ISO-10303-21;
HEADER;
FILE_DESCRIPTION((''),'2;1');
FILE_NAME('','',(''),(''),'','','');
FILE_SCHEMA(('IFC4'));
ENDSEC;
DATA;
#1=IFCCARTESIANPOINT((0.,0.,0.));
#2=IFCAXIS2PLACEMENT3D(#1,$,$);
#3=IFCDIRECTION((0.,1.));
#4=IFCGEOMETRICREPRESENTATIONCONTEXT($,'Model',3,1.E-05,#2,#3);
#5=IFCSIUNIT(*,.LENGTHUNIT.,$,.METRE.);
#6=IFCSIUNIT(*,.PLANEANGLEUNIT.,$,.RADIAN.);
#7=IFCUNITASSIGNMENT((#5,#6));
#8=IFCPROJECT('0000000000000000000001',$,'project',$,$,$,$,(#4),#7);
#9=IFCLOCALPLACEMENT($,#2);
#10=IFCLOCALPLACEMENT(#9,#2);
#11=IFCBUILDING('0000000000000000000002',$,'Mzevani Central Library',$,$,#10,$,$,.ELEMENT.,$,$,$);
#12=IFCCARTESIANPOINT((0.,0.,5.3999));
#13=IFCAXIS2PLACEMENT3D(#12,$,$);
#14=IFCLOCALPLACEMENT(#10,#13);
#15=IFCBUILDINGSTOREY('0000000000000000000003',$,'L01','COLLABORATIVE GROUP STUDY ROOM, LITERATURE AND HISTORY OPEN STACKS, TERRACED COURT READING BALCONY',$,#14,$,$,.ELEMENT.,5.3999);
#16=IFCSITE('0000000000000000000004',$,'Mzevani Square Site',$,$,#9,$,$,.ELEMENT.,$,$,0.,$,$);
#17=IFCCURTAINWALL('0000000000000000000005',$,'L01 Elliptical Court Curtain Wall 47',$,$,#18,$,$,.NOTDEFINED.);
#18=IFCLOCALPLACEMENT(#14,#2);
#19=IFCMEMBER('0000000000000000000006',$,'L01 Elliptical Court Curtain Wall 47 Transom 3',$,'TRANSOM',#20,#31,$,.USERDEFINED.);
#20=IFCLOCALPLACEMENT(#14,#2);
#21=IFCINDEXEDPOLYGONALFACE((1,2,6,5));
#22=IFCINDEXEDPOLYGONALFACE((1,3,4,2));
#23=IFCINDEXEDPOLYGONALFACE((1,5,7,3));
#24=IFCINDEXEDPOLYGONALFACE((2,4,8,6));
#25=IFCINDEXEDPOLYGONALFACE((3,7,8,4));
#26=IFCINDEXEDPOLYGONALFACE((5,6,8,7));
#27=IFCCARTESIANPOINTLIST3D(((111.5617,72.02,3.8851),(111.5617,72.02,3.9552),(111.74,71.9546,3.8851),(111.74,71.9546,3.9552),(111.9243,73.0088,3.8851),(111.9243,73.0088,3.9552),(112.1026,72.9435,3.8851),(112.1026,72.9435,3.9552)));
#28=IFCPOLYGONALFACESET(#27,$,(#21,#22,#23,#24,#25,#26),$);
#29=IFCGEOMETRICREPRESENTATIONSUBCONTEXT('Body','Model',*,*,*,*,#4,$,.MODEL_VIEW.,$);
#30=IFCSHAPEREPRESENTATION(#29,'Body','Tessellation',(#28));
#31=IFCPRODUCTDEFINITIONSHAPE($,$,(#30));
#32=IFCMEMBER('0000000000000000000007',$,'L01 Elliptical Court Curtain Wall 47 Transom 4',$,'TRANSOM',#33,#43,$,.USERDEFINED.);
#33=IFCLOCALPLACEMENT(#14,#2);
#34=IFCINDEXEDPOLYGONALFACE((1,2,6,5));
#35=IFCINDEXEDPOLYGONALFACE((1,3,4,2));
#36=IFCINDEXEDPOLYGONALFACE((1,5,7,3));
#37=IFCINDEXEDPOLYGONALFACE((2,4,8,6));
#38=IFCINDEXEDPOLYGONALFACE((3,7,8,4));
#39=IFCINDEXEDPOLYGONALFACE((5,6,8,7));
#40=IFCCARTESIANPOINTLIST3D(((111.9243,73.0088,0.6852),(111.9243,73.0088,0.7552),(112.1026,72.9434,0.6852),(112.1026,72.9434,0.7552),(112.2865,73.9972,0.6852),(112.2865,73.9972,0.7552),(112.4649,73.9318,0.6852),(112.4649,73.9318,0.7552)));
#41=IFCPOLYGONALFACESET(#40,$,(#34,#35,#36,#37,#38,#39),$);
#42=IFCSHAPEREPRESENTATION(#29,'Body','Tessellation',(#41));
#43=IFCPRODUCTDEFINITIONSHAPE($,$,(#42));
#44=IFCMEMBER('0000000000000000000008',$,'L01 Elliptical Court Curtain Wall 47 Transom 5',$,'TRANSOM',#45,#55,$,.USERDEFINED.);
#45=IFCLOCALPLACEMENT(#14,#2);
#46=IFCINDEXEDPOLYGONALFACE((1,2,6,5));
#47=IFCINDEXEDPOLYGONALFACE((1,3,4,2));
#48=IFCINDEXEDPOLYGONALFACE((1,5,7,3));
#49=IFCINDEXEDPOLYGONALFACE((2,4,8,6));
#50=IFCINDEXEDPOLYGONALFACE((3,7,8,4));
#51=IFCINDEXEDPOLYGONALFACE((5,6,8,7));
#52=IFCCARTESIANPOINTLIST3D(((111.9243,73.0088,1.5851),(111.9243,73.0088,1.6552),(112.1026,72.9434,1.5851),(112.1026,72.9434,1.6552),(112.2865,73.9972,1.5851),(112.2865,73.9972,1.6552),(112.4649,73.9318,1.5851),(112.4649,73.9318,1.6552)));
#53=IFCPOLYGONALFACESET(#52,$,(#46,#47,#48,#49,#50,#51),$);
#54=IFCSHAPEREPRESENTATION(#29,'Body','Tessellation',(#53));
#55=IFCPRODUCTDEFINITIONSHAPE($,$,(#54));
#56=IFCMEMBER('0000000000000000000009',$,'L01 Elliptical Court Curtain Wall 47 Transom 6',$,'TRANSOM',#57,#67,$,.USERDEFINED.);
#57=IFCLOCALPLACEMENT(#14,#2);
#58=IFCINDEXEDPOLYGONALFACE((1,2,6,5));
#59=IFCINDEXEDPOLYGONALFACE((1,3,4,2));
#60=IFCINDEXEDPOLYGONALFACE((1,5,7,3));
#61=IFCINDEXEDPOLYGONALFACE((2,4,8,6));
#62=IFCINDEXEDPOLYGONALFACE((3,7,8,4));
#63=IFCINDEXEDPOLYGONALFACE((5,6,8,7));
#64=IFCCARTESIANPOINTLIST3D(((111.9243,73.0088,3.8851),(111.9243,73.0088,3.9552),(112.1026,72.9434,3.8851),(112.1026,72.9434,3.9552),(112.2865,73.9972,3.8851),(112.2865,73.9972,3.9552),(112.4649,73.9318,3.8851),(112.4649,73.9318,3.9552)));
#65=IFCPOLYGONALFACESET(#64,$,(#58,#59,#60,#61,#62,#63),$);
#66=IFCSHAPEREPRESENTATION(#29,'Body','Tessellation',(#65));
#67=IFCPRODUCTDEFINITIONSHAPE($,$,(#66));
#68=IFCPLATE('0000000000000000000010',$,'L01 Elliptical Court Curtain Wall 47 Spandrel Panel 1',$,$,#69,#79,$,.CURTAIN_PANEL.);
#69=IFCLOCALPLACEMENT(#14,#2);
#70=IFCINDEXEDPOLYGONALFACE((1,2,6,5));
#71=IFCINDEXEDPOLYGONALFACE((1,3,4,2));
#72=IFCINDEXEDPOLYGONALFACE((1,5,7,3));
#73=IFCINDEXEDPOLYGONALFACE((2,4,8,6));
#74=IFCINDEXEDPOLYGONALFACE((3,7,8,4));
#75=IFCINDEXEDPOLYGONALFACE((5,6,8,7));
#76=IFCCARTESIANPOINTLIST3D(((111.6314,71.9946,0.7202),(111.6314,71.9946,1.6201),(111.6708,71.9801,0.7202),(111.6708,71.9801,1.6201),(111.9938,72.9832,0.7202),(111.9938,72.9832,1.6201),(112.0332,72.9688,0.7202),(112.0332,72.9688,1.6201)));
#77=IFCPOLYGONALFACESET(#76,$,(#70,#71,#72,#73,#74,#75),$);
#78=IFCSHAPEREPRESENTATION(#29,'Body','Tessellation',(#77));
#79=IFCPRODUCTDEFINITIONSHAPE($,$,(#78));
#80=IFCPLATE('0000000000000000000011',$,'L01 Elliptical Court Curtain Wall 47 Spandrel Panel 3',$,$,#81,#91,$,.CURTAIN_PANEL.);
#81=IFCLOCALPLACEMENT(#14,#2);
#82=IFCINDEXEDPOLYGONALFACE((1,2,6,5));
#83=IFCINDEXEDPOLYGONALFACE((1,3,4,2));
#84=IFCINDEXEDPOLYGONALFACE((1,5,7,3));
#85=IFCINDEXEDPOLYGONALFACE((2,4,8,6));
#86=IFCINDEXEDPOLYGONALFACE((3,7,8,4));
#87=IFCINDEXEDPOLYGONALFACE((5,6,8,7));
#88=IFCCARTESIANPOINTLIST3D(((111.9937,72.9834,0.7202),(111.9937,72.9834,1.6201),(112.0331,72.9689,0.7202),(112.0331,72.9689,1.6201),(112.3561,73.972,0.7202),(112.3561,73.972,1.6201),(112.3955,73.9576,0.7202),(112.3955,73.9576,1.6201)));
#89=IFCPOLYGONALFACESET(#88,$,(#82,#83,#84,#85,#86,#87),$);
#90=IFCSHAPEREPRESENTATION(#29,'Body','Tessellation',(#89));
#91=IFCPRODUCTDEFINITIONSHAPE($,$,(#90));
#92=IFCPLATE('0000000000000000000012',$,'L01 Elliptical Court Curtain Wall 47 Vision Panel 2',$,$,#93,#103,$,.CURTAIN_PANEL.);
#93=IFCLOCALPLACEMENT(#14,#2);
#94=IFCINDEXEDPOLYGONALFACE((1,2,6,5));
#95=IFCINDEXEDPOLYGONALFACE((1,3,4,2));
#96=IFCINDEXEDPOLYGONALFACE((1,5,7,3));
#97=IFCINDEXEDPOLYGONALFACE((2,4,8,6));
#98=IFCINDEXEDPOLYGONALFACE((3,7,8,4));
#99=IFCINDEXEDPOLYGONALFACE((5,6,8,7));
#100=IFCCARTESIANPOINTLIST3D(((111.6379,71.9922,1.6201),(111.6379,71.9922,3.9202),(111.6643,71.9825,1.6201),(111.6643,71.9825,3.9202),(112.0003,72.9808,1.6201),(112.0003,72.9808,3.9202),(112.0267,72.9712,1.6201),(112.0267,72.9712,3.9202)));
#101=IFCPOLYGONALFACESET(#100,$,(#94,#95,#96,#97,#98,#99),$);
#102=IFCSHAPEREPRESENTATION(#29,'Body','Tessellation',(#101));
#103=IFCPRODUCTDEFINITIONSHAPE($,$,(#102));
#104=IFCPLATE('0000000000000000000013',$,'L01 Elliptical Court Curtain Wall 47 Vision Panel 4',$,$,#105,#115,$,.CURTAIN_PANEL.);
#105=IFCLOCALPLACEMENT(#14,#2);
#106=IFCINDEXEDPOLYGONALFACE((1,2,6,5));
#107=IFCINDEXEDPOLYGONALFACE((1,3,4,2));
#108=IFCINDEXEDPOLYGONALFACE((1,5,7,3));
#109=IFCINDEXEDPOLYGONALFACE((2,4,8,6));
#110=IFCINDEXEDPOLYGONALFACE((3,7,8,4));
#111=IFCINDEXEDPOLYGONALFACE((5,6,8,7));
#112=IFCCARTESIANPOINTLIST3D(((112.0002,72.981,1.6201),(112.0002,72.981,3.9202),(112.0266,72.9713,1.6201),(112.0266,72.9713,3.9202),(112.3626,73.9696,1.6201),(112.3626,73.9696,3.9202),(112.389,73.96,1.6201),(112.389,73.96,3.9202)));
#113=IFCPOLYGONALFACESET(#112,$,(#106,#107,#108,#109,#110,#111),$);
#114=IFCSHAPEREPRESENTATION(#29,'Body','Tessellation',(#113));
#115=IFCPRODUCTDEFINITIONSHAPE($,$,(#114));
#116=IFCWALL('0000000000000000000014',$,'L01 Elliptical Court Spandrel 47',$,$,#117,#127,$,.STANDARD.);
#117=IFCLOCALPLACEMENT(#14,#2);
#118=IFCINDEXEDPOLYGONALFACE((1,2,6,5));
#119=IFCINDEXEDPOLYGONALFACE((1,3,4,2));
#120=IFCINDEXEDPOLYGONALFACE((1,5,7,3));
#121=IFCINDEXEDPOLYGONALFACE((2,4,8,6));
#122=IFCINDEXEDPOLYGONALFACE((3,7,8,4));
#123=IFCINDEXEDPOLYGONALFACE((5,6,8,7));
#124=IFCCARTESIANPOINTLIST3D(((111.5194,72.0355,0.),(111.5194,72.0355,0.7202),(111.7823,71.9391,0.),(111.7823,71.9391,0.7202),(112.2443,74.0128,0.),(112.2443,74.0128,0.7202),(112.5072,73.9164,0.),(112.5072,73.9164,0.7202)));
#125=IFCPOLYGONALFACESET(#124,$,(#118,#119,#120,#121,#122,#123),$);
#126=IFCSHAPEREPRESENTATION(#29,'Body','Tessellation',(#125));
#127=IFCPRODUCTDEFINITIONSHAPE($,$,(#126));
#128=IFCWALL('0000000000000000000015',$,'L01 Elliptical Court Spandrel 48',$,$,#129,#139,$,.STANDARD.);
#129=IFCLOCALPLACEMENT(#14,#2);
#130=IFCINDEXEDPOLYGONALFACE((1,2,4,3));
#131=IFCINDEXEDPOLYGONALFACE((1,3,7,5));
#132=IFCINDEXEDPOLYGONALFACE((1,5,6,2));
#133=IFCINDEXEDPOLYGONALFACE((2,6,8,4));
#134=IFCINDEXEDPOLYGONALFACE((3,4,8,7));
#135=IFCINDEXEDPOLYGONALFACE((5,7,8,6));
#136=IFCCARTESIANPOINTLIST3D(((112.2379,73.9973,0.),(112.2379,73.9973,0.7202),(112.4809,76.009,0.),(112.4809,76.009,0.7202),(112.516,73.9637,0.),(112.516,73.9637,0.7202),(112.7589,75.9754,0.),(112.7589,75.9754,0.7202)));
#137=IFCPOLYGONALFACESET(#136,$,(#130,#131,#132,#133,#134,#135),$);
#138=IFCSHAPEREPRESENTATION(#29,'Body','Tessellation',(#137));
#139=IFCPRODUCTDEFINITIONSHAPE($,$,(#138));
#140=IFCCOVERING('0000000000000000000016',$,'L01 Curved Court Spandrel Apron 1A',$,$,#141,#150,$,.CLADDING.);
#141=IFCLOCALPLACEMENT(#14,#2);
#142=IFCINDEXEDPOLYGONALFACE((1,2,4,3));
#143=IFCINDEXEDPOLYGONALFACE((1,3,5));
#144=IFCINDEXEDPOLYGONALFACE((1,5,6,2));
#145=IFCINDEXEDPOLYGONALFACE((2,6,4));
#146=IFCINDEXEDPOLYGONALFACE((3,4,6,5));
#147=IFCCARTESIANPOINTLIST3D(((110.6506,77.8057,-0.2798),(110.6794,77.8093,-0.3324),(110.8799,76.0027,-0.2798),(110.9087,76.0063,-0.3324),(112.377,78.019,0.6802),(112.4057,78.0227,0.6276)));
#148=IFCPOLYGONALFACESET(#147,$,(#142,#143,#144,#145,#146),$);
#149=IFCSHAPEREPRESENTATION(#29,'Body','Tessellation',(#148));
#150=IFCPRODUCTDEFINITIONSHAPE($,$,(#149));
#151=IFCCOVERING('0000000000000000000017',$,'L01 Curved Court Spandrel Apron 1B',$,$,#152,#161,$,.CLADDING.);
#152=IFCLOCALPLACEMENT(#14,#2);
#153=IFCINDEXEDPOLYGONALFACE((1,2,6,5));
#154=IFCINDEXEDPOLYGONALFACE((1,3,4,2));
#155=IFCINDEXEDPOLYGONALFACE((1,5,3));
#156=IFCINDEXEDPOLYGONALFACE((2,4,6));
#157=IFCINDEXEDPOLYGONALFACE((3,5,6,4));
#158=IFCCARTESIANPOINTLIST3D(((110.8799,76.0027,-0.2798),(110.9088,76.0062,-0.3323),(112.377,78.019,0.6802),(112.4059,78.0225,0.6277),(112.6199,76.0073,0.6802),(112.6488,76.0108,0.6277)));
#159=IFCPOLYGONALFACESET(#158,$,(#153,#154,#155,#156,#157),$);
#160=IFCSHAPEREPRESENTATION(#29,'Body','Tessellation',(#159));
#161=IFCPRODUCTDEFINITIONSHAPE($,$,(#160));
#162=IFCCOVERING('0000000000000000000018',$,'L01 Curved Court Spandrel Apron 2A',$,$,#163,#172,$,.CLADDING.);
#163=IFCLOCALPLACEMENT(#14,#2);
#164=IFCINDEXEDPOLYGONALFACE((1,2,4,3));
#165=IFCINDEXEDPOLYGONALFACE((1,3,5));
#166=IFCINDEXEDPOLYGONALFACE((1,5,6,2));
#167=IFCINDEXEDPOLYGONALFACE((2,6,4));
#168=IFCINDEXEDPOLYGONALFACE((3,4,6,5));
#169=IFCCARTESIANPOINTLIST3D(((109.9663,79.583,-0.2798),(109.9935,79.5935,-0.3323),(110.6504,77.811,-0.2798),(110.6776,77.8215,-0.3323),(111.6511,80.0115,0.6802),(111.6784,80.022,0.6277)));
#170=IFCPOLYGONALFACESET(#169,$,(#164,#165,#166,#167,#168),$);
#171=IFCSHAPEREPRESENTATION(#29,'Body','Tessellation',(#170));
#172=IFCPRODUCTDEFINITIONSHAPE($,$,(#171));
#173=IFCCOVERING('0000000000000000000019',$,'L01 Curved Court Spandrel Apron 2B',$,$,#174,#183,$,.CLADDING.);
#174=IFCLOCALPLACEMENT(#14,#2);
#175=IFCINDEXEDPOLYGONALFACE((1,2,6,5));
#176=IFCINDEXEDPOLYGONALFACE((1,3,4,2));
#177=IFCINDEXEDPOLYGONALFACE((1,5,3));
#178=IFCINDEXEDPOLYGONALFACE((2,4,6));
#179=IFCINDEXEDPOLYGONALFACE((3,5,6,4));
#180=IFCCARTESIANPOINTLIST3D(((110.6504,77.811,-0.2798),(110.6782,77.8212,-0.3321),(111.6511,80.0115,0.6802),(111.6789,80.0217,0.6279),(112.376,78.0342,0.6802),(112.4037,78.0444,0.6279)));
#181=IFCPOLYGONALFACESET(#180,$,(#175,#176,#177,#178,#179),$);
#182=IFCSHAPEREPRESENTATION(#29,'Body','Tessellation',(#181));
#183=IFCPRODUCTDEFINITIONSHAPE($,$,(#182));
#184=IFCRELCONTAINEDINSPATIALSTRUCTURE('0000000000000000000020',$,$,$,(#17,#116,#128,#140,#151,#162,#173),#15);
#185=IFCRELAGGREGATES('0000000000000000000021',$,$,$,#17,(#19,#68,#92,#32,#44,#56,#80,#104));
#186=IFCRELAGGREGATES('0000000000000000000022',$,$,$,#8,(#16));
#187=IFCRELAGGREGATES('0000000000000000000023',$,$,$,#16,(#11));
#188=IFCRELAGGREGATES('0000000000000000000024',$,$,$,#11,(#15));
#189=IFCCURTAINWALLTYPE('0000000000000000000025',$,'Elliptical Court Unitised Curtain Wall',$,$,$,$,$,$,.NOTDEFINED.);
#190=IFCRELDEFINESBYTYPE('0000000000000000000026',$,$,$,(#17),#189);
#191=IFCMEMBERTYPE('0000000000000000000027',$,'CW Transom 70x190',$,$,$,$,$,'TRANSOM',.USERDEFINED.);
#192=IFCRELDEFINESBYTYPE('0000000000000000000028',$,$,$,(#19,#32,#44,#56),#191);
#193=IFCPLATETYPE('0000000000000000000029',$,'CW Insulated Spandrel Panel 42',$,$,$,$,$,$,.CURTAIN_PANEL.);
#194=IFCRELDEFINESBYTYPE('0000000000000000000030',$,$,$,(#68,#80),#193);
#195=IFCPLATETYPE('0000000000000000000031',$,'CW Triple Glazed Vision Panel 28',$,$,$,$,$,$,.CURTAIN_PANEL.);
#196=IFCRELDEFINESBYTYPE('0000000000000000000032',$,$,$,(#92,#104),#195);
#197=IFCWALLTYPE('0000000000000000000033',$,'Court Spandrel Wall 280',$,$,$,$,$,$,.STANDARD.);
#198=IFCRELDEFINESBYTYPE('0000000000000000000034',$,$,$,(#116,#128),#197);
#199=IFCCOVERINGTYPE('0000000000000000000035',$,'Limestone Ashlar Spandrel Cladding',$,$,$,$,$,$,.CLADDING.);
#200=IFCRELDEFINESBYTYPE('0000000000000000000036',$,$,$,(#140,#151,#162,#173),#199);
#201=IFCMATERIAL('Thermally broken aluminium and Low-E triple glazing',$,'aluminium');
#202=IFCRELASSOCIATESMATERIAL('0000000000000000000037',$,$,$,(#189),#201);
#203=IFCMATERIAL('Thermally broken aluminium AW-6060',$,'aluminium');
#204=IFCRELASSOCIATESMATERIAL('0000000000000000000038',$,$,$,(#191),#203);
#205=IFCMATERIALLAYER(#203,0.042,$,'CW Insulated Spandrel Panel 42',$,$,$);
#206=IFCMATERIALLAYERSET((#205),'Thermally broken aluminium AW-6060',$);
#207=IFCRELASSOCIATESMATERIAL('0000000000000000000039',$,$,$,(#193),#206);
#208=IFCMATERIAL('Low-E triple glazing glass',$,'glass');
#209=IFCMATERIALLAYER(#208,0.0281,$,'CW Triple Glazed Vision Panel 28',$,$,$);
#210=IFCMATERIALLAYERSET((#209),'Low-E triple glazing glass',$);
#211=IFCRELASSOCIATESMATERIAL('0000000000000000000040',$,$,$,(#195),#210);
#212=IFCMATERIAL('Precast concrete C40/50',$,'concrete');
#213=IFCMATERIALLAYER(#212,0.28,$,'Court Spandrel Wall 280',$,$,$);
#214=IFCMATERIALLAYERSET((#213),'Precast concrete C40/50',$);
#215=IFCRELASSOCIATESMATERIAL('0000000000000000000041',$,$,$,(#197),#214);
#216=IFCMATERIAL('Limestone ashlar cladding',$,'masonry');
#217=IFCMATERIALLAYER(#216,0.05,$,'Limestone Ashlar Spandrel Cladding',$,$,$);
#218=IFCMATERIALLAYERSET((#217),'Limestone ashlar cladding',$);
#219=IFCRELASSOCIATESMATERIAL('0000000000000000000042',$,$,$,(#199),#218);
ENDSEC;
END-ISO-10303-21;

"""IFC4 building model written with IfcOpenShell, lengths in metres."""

from ifc_helpers import new_model, si_unit, direction, frame, frame_2d, origin, origin_2d, place, context, subcontext, project, spatial, polyline, rectangle, outline, extrude, material, layer, layer_set, material_profile, profile_set, type_object, element, aggregate, save


model = new_model("IFC4")

# Units and contexts
model_context = context("Model", 3, precision=1e-05, world=origin(), true_north=direction((0.0, 1.0)))
body_context = subcontext(model_context, "Body", "Model", "MODEL_VIEW")
ifc_project = project(units=[si_unit("LENGTHUNIT", "METRE"), si_unit("PLANEANGLEUNIT", "RADIAN")], contexts=[model_context])

# Site, building, storey
site_placement = place(None, origin())
site = spatial("IfcSite", under=ifc_project, at=site_placement, Name="Mzevani Square Site", CompositionType="ELEMENT", RefElevation=0.0)
building_placement = place(site_placement, origin())
building = spatial("IfcBuilding", under=site, at=building_placement, Name="Mzevani Central Library", CompositionType="ELEMENT")
storey_placement = place(building_placement, frame((0.0, 0.0, 5.3999)))
storey = spatial("IfcBuildingStorey", under=building, at=storey_placement, Name="L01", Description="COLLABORATIVE GROUP STUDY ROOM, LITERATURE AND HISTORY OPEN STACKS, TERRACED COURT READING BALCONY", CompositionType="ELEMENT", Elevation=5.3999)

# Shared definitions
ifc_material_1 = material(Name="Thermally broken aluminium and Low-E triple glazing", Category="aluminium")
curtain_wall_type_1 = type_object("IfcCurtainWallType", Name="Elliptical Court Unitised Curtain Wall", PredefinedType="NOTDEFINED", material=ifc_material_1)
ifc_material_2 = material(Name="Thermally broken aluminium AW-6060", Category="aluminium")

# Curtain wall
curtain_wall_1_placement = place(storey_placement, origin())
curtain_wall_1 = element("IfcCurtainWall", 1, at=curtain_wall_1_placement, inside=storey, type_object=curtain_wall_type_1, Name="L01 Elliptical Court Curtain Wall 47", PredefinedType="NOTDEFINED")

# Members
ifc_material_profile_1 = material_profile(ifc_material_2, rectangle(XDim=0.1899, YDim=0.0701, at=origin_2d()), Name="ALU T70x190")
ifc_profile_set_1 = profile_set([ifc_material_profile_1], Name="Thermally broken aluminium AW-6060")
member_type_1 = type_object("IfcMemberType", Name="CW Transom 70x190", ElementType="TRANSOM", PredefinedType="USERDEFINED", material=ifc_profile_set_1)
member_1_placement = place(storey_placement, frame((111.6509, 71.9873, 3.9202), z_axis=(0.344255, 0.938876, 0.0), x_axis=(-0.938876, 0.344255, 0.0)))
member_1 = element("IfcMember", 2, at=member_1_placement, type_object=member_type_1, Name="L01 Elliptical Court Curtain Wall 47 Transom 3", ObjectType="TRANSOM", PredefinedType="USERDEFINED", context=body_context, shape_type="SweptSolid", body=[
    extrude(rectangle(XDim=0.1899, YDim=0.0701, at=origin_2d()), origin(), (0.0, 0.0, 1.0), 1.0532),
])
member_2_placement = place(storey_placement, frame((112.0134, 72.9761, 0.7202), z_axis=(0.344125, 0.938924, 0.0), x_axis=(-0.938924, 0.344125, 0.0)))
member_2 = element("IfcMember", 3, at=member_2_placement, type_object=member_type_1, Name="L01 Elliptical Court Curtain Wall 47 Transom 4", ObjectType="TRANSOM", PredefinedType="USERDEFINED", context=body_context, shape_type="SweptSolid", body=[
    extrude(rectangle(XDim=0.1899, YDim=0.0701, at=origin_2d()), origin(), (0.0, 0.0, 1.0), 1.0527),
])
member_3_placement = place(storey_placement, frame((112.0134, 72.9761, 1.6201), z_axis=(0.344125, 0.938924, 0.0), x_axis=(-0.938924, 0.344125, 0.0)))
member_3 = element("IfcMember", 4, at=member_3_placement, type_object=member_type_1, Name="L01 Elliptical Court Curtain Wall 47 Transom 5", ObjectType="TRANSOM", PredefinedType="USERDEFINED", context=body_context, shape_type="SweptSolid", body=[
    extrude(rectangle(XDim=0.1899, YDim=0.0701, at=origin_2d()), origin(), (0.0, 0.0, 1.0), 1.0527),
])
member_4_placement = place(storey_placement, frame((112.0134, 72.9761, 3.9202), z_axis=(0.344125, 0.938924, 0.0), x_axis=(-0.938924, 0.344125, 0.0)))
member_4 = element("IfcMember", 5, at=member_4_placement, type_object=member_type_1, Name="L01 Elliptical Court Curtain Wall 47 Transom 6", ObjectType="TRANSOM", PredefinedType="USERDEFINED", context=body_context, shape_type="SweptSolid", body=[
    extrude(rectangle(XDim=0.1899, YDim=0.0701, at=origin_2d()), origin(), (0.0, 0.0, 1.0), 1.0527),
])

# Plates
ifc_layer_1 = layer(ifc_material_2, 0.042, Name="CW Insulated Spandrel Panel 42")
ifc_layer_set_1 = layer_set([ifc_layer_1], Name="Thermally broken aluminium AW-6060")
plate_type_1 = type_object("IfcPlateType", Name="CW Insulated Spandrel Panel 42", PredefinedType="CURTAIN_PANEL", material=ifc_layer_set_1)
plate_1_placement = place(storey_placement, frame((111.8323, 72.4817, 0.7202), z_axis=(0.0, 0.0, 1.0), x_axis=(0.344166, 0.938909, 0.0)))
plate_1 = element("IfcPlate", 6, at=plate_1_placement, type_object=plate_type_1, Name="L01 Elliptical Court Curtain Wall 47 Spandrel Panel 1", PredefinedType="CURTAIN_PANEL", context=body_context, shape_type="SweptSolid", body=[
    extrude(rectangle(XDim=1.053, YDim=0.042, at=origin_2d()), origin(), (0.0, 0.0, 1.0), 0.8999),
])
plate_2_placement = place(storey_placement, frame((112.1946, 73.4705, 0.7202), z_axis=(0.0, 0.0, 1.0), x_axis=(0.344166, 0.938909, 0.0)))
plate_2 = element("IfcPlate", 7, at=plate_2_placement, type_object=plate_type_1, Name="L01 Elliptical Court Curtain Wall 47 Spandrel Panel 3", PredefinedType="CURTAIN_PANEL", context=body_context, shape_type="SweptSolid", body=[
    extrude(rectangle(XDim=1.053, YDim=0.042, at=origin_2d()), origin(), (0.0, 0.0, 1.0), 0.8999),
])
ifc_material_3 = material(Name="Low-E triple glazing glass", Category="glass")
ifc_layer_2 = layer(ifc_material_3, 0.0281, Name="CW Triple Glazed Vision Panel 28")
ifc_layer_set_2 = layer_set([ifc_layer_2], Name="Low-E triple glazing glass")
plate_type_2 = type_object("IfcPlateType", Name="CW Triple Glazed Vision Panel 28", PredefinedType="CURTAIN_PANEL", material=ifc_layer_set_2)
plate_3_placement = place(storey_placement, frame((111.8323, 72.4817, 1.6201), z_axis=(0.0, 0.0, 1.0), x_axis=(0.344166, 0.938909, 0.0)))
plate_3 = element("IfcPlate", 8, at=plate_3_placement, type_object=plate_type_2, Name="L01 Elliptical Court Curtain Wall 47 Vision Panel 2", PredefinedType="CURTAIN_PANEL", context=body_context, shape_type="SweptSolid", body=[
    extrude(rectangle(XDim=1.053, YDim=0.0281, at=origin_2d()), origin(), (0.0, 0.0, 1.0), 2.3),
])
plate_4_placement = place(storey_placement, frame((112.1946, 73.4705, 1.6201), z_axis=(0.0, 0.0, 1.0), x_axis=(0.344166, 0.938909, 0.0)))
plate_4 = element("IfcPlate", 9, at=plate_4_placement, type_object=plate_type_2, Name="L01 Elliptical Court Curtain Wall 47 Vision Panel 4", PredefinedType="CURTAIN_PANEL", context=body_context, shape_type="SweptSolid", body=[
    extrude(rectangle(XDim=1.053, YDim=0.0281, at=origin_2d()), origin(), (0.0, 0.0, 1.0), 2.3),
])
aggregate(curtain_wall_1, [member_1, plate_1, plate_3, member_2, member_3, member_4, plate_2, plate_4])

# Walls
ifc_material_4 = material(Name="Precast concrete C40/50", Category="concrete")
ifc_layer_3 = layer(ifc_material_4, 0.28, Name="Court Spandrel Wall 280")
ifc_layer_set_3 = layer_set([ifc_layer_3], Name="Precast concrete C40/50")
wall_type = type_object("IfcWallType", Name="Court Spandrel Wall 280", PredefinedType="STANDARD", material=ifc_layer_set_3)
wall_1_placement = place(storey_placement, frame((111.6509, 71.9873, 0.0), z_axis=(0.0, 0.0, 1.0), x_axis=(0.34419, 0.9389, 0.0)))
element("IfcWall", 10, at=wall_1_placement, inside=storey, type_object=wall_type, Name="L01 Elliptical Court Spandrel 47", PredefinedType="STANDARD", context=body_context, shape_type="SweptSolid", body=[
    extrude(rectangle(XDim=2.106, YDim=0.28, at=frame_2d((1.053, 0.0))), origin(), (0.0, 0.0, 1.0), 0.7202),
])
wall_2_placement = place(storey_placement, frame((112.377, 73.9805, 0.0), z_axis=(0.0, 0.0, 1.0), x_axis=(0.119882, 0.992788, 0.0)))
element("IfcWall", 11, at=wall_2_placement, inside=storey, type_object=wall_type, Name="L01 Elliptical Court Spandrel 48", PredefinedType="STANDARD", context=body_context, shape_type="SweptSolid", body=[
    extrude(rectangle(XDim=2.0264, YDim=0.28, at=frame_2d((1.0132, 0.0))), origin(), (0.0, 0.0, 1.0), 0.7202),
])

# Coverings
ifc_material_5 = material(Name="Limestone ashlar cladding", Category="masonry")
ifc_layer_4 = layer(ifc_material_5, 0.05, Name="Limestone Ashlar Spandrel Cladding")
ifc_layer_set_4 = layer_set([ifc_layer_4], Name="Limestone ashlar cladding")
covering_type = type_object("IfcCoveringType", Name="Limestone Ashlar Spandrel Cladding", PredefinedType="CLADDING", material=ifc_layer_set_4)
covering_1_placement = place(storey_placement, frame((110.8799, 76.0027, -0.2798), z_axis=(-0.479321, -0.060946, 0.875521), x_axis=(-0.126134, 0.992013, 0.0)))
element("IfcCovering", 12, at=covering_1_placement, inside=storey, type_object=covering_type, Name="L01 Curved Court Spandrel Apron 1A", PredefinedType="CLADDING", context=body_context, shape_type="SweptSolid", body=[
    extrude(outline(polyline([(0.0, 0.0), (1.8175, 0.0), (1.8114, -1.9868), (0.0, 0.0)])), origin(), (0.0, 0.0, -1.0), 0.0601),
])
covering_2_placement = place(storey_placement, frame((110.8799, 76.0027, -0.2798), z_axis=(-0.482126, -0.058218, 0.874165), x_axis=(0.556826, 0.749972, 0.357052)))
element("IfcCovering", 13, at=covering_2_placement, inside=storey, type_object=covering_type, Name="L01 Curved Court Spandrel Apron 1B", PredefinedType="CLADDING", context=body_context, shape_type="SweptSolid", body=[
    extrude(outline(polyline([(0.0, 0.0), (2.6886, 0.0), (1.3151, -1.4898), (0.0, 0.0)])), origin(), (0.0, 0.0, -1.0), 0.0601),
])
covering_3_placement = place(storey_placement, frame((110.6504, 77.811, -0.2798), z_axis=(-0.453427, -0.175049, 0.873935), x_axis=(-0.36015, 0.932894, 0.0)))
element("IfcCovering", 14, at=covering_3_placement, inside=storey, type_object=covering_type, Name="L01 Curved Court Spandrel Apron 2A", PredefinedType="CLADDING", context=body_context, shape_type="SweptSolid", body=[
    extrude(outline(polyline([(0.0, 0.0), (1.8994, 0.0), (1.6924, -1.9751), (0.0, 0.0)])), origin(), (0.0, 0.0, -1.0), 0.0601),
])
covering_4_placement = place(storey_placement, frame((110.6504, 77.811, -0.2798), z_axis=(-0.462289, -0.16947, 0.870384), x_axis=(0.384757, 0.846015, 0.369081)))
element("IfcCovering", 15, at=covering_4_placement, inside=storey, type_object=covering_type, Name="L01 Curved Court Spandrel Apron 2B", PredefinedType="CLADDING", context=body_context, shape_type="SweptSolid", body=[
    extrude(outline(polyline([(0.0, 0.0), (2.6009, 0.0), (1.207, -1.5786), (0.0, 0.0)])), origin(), (0.0, 0.0, -1.0), 0.0601),
])

save(model, "model.ifc")
